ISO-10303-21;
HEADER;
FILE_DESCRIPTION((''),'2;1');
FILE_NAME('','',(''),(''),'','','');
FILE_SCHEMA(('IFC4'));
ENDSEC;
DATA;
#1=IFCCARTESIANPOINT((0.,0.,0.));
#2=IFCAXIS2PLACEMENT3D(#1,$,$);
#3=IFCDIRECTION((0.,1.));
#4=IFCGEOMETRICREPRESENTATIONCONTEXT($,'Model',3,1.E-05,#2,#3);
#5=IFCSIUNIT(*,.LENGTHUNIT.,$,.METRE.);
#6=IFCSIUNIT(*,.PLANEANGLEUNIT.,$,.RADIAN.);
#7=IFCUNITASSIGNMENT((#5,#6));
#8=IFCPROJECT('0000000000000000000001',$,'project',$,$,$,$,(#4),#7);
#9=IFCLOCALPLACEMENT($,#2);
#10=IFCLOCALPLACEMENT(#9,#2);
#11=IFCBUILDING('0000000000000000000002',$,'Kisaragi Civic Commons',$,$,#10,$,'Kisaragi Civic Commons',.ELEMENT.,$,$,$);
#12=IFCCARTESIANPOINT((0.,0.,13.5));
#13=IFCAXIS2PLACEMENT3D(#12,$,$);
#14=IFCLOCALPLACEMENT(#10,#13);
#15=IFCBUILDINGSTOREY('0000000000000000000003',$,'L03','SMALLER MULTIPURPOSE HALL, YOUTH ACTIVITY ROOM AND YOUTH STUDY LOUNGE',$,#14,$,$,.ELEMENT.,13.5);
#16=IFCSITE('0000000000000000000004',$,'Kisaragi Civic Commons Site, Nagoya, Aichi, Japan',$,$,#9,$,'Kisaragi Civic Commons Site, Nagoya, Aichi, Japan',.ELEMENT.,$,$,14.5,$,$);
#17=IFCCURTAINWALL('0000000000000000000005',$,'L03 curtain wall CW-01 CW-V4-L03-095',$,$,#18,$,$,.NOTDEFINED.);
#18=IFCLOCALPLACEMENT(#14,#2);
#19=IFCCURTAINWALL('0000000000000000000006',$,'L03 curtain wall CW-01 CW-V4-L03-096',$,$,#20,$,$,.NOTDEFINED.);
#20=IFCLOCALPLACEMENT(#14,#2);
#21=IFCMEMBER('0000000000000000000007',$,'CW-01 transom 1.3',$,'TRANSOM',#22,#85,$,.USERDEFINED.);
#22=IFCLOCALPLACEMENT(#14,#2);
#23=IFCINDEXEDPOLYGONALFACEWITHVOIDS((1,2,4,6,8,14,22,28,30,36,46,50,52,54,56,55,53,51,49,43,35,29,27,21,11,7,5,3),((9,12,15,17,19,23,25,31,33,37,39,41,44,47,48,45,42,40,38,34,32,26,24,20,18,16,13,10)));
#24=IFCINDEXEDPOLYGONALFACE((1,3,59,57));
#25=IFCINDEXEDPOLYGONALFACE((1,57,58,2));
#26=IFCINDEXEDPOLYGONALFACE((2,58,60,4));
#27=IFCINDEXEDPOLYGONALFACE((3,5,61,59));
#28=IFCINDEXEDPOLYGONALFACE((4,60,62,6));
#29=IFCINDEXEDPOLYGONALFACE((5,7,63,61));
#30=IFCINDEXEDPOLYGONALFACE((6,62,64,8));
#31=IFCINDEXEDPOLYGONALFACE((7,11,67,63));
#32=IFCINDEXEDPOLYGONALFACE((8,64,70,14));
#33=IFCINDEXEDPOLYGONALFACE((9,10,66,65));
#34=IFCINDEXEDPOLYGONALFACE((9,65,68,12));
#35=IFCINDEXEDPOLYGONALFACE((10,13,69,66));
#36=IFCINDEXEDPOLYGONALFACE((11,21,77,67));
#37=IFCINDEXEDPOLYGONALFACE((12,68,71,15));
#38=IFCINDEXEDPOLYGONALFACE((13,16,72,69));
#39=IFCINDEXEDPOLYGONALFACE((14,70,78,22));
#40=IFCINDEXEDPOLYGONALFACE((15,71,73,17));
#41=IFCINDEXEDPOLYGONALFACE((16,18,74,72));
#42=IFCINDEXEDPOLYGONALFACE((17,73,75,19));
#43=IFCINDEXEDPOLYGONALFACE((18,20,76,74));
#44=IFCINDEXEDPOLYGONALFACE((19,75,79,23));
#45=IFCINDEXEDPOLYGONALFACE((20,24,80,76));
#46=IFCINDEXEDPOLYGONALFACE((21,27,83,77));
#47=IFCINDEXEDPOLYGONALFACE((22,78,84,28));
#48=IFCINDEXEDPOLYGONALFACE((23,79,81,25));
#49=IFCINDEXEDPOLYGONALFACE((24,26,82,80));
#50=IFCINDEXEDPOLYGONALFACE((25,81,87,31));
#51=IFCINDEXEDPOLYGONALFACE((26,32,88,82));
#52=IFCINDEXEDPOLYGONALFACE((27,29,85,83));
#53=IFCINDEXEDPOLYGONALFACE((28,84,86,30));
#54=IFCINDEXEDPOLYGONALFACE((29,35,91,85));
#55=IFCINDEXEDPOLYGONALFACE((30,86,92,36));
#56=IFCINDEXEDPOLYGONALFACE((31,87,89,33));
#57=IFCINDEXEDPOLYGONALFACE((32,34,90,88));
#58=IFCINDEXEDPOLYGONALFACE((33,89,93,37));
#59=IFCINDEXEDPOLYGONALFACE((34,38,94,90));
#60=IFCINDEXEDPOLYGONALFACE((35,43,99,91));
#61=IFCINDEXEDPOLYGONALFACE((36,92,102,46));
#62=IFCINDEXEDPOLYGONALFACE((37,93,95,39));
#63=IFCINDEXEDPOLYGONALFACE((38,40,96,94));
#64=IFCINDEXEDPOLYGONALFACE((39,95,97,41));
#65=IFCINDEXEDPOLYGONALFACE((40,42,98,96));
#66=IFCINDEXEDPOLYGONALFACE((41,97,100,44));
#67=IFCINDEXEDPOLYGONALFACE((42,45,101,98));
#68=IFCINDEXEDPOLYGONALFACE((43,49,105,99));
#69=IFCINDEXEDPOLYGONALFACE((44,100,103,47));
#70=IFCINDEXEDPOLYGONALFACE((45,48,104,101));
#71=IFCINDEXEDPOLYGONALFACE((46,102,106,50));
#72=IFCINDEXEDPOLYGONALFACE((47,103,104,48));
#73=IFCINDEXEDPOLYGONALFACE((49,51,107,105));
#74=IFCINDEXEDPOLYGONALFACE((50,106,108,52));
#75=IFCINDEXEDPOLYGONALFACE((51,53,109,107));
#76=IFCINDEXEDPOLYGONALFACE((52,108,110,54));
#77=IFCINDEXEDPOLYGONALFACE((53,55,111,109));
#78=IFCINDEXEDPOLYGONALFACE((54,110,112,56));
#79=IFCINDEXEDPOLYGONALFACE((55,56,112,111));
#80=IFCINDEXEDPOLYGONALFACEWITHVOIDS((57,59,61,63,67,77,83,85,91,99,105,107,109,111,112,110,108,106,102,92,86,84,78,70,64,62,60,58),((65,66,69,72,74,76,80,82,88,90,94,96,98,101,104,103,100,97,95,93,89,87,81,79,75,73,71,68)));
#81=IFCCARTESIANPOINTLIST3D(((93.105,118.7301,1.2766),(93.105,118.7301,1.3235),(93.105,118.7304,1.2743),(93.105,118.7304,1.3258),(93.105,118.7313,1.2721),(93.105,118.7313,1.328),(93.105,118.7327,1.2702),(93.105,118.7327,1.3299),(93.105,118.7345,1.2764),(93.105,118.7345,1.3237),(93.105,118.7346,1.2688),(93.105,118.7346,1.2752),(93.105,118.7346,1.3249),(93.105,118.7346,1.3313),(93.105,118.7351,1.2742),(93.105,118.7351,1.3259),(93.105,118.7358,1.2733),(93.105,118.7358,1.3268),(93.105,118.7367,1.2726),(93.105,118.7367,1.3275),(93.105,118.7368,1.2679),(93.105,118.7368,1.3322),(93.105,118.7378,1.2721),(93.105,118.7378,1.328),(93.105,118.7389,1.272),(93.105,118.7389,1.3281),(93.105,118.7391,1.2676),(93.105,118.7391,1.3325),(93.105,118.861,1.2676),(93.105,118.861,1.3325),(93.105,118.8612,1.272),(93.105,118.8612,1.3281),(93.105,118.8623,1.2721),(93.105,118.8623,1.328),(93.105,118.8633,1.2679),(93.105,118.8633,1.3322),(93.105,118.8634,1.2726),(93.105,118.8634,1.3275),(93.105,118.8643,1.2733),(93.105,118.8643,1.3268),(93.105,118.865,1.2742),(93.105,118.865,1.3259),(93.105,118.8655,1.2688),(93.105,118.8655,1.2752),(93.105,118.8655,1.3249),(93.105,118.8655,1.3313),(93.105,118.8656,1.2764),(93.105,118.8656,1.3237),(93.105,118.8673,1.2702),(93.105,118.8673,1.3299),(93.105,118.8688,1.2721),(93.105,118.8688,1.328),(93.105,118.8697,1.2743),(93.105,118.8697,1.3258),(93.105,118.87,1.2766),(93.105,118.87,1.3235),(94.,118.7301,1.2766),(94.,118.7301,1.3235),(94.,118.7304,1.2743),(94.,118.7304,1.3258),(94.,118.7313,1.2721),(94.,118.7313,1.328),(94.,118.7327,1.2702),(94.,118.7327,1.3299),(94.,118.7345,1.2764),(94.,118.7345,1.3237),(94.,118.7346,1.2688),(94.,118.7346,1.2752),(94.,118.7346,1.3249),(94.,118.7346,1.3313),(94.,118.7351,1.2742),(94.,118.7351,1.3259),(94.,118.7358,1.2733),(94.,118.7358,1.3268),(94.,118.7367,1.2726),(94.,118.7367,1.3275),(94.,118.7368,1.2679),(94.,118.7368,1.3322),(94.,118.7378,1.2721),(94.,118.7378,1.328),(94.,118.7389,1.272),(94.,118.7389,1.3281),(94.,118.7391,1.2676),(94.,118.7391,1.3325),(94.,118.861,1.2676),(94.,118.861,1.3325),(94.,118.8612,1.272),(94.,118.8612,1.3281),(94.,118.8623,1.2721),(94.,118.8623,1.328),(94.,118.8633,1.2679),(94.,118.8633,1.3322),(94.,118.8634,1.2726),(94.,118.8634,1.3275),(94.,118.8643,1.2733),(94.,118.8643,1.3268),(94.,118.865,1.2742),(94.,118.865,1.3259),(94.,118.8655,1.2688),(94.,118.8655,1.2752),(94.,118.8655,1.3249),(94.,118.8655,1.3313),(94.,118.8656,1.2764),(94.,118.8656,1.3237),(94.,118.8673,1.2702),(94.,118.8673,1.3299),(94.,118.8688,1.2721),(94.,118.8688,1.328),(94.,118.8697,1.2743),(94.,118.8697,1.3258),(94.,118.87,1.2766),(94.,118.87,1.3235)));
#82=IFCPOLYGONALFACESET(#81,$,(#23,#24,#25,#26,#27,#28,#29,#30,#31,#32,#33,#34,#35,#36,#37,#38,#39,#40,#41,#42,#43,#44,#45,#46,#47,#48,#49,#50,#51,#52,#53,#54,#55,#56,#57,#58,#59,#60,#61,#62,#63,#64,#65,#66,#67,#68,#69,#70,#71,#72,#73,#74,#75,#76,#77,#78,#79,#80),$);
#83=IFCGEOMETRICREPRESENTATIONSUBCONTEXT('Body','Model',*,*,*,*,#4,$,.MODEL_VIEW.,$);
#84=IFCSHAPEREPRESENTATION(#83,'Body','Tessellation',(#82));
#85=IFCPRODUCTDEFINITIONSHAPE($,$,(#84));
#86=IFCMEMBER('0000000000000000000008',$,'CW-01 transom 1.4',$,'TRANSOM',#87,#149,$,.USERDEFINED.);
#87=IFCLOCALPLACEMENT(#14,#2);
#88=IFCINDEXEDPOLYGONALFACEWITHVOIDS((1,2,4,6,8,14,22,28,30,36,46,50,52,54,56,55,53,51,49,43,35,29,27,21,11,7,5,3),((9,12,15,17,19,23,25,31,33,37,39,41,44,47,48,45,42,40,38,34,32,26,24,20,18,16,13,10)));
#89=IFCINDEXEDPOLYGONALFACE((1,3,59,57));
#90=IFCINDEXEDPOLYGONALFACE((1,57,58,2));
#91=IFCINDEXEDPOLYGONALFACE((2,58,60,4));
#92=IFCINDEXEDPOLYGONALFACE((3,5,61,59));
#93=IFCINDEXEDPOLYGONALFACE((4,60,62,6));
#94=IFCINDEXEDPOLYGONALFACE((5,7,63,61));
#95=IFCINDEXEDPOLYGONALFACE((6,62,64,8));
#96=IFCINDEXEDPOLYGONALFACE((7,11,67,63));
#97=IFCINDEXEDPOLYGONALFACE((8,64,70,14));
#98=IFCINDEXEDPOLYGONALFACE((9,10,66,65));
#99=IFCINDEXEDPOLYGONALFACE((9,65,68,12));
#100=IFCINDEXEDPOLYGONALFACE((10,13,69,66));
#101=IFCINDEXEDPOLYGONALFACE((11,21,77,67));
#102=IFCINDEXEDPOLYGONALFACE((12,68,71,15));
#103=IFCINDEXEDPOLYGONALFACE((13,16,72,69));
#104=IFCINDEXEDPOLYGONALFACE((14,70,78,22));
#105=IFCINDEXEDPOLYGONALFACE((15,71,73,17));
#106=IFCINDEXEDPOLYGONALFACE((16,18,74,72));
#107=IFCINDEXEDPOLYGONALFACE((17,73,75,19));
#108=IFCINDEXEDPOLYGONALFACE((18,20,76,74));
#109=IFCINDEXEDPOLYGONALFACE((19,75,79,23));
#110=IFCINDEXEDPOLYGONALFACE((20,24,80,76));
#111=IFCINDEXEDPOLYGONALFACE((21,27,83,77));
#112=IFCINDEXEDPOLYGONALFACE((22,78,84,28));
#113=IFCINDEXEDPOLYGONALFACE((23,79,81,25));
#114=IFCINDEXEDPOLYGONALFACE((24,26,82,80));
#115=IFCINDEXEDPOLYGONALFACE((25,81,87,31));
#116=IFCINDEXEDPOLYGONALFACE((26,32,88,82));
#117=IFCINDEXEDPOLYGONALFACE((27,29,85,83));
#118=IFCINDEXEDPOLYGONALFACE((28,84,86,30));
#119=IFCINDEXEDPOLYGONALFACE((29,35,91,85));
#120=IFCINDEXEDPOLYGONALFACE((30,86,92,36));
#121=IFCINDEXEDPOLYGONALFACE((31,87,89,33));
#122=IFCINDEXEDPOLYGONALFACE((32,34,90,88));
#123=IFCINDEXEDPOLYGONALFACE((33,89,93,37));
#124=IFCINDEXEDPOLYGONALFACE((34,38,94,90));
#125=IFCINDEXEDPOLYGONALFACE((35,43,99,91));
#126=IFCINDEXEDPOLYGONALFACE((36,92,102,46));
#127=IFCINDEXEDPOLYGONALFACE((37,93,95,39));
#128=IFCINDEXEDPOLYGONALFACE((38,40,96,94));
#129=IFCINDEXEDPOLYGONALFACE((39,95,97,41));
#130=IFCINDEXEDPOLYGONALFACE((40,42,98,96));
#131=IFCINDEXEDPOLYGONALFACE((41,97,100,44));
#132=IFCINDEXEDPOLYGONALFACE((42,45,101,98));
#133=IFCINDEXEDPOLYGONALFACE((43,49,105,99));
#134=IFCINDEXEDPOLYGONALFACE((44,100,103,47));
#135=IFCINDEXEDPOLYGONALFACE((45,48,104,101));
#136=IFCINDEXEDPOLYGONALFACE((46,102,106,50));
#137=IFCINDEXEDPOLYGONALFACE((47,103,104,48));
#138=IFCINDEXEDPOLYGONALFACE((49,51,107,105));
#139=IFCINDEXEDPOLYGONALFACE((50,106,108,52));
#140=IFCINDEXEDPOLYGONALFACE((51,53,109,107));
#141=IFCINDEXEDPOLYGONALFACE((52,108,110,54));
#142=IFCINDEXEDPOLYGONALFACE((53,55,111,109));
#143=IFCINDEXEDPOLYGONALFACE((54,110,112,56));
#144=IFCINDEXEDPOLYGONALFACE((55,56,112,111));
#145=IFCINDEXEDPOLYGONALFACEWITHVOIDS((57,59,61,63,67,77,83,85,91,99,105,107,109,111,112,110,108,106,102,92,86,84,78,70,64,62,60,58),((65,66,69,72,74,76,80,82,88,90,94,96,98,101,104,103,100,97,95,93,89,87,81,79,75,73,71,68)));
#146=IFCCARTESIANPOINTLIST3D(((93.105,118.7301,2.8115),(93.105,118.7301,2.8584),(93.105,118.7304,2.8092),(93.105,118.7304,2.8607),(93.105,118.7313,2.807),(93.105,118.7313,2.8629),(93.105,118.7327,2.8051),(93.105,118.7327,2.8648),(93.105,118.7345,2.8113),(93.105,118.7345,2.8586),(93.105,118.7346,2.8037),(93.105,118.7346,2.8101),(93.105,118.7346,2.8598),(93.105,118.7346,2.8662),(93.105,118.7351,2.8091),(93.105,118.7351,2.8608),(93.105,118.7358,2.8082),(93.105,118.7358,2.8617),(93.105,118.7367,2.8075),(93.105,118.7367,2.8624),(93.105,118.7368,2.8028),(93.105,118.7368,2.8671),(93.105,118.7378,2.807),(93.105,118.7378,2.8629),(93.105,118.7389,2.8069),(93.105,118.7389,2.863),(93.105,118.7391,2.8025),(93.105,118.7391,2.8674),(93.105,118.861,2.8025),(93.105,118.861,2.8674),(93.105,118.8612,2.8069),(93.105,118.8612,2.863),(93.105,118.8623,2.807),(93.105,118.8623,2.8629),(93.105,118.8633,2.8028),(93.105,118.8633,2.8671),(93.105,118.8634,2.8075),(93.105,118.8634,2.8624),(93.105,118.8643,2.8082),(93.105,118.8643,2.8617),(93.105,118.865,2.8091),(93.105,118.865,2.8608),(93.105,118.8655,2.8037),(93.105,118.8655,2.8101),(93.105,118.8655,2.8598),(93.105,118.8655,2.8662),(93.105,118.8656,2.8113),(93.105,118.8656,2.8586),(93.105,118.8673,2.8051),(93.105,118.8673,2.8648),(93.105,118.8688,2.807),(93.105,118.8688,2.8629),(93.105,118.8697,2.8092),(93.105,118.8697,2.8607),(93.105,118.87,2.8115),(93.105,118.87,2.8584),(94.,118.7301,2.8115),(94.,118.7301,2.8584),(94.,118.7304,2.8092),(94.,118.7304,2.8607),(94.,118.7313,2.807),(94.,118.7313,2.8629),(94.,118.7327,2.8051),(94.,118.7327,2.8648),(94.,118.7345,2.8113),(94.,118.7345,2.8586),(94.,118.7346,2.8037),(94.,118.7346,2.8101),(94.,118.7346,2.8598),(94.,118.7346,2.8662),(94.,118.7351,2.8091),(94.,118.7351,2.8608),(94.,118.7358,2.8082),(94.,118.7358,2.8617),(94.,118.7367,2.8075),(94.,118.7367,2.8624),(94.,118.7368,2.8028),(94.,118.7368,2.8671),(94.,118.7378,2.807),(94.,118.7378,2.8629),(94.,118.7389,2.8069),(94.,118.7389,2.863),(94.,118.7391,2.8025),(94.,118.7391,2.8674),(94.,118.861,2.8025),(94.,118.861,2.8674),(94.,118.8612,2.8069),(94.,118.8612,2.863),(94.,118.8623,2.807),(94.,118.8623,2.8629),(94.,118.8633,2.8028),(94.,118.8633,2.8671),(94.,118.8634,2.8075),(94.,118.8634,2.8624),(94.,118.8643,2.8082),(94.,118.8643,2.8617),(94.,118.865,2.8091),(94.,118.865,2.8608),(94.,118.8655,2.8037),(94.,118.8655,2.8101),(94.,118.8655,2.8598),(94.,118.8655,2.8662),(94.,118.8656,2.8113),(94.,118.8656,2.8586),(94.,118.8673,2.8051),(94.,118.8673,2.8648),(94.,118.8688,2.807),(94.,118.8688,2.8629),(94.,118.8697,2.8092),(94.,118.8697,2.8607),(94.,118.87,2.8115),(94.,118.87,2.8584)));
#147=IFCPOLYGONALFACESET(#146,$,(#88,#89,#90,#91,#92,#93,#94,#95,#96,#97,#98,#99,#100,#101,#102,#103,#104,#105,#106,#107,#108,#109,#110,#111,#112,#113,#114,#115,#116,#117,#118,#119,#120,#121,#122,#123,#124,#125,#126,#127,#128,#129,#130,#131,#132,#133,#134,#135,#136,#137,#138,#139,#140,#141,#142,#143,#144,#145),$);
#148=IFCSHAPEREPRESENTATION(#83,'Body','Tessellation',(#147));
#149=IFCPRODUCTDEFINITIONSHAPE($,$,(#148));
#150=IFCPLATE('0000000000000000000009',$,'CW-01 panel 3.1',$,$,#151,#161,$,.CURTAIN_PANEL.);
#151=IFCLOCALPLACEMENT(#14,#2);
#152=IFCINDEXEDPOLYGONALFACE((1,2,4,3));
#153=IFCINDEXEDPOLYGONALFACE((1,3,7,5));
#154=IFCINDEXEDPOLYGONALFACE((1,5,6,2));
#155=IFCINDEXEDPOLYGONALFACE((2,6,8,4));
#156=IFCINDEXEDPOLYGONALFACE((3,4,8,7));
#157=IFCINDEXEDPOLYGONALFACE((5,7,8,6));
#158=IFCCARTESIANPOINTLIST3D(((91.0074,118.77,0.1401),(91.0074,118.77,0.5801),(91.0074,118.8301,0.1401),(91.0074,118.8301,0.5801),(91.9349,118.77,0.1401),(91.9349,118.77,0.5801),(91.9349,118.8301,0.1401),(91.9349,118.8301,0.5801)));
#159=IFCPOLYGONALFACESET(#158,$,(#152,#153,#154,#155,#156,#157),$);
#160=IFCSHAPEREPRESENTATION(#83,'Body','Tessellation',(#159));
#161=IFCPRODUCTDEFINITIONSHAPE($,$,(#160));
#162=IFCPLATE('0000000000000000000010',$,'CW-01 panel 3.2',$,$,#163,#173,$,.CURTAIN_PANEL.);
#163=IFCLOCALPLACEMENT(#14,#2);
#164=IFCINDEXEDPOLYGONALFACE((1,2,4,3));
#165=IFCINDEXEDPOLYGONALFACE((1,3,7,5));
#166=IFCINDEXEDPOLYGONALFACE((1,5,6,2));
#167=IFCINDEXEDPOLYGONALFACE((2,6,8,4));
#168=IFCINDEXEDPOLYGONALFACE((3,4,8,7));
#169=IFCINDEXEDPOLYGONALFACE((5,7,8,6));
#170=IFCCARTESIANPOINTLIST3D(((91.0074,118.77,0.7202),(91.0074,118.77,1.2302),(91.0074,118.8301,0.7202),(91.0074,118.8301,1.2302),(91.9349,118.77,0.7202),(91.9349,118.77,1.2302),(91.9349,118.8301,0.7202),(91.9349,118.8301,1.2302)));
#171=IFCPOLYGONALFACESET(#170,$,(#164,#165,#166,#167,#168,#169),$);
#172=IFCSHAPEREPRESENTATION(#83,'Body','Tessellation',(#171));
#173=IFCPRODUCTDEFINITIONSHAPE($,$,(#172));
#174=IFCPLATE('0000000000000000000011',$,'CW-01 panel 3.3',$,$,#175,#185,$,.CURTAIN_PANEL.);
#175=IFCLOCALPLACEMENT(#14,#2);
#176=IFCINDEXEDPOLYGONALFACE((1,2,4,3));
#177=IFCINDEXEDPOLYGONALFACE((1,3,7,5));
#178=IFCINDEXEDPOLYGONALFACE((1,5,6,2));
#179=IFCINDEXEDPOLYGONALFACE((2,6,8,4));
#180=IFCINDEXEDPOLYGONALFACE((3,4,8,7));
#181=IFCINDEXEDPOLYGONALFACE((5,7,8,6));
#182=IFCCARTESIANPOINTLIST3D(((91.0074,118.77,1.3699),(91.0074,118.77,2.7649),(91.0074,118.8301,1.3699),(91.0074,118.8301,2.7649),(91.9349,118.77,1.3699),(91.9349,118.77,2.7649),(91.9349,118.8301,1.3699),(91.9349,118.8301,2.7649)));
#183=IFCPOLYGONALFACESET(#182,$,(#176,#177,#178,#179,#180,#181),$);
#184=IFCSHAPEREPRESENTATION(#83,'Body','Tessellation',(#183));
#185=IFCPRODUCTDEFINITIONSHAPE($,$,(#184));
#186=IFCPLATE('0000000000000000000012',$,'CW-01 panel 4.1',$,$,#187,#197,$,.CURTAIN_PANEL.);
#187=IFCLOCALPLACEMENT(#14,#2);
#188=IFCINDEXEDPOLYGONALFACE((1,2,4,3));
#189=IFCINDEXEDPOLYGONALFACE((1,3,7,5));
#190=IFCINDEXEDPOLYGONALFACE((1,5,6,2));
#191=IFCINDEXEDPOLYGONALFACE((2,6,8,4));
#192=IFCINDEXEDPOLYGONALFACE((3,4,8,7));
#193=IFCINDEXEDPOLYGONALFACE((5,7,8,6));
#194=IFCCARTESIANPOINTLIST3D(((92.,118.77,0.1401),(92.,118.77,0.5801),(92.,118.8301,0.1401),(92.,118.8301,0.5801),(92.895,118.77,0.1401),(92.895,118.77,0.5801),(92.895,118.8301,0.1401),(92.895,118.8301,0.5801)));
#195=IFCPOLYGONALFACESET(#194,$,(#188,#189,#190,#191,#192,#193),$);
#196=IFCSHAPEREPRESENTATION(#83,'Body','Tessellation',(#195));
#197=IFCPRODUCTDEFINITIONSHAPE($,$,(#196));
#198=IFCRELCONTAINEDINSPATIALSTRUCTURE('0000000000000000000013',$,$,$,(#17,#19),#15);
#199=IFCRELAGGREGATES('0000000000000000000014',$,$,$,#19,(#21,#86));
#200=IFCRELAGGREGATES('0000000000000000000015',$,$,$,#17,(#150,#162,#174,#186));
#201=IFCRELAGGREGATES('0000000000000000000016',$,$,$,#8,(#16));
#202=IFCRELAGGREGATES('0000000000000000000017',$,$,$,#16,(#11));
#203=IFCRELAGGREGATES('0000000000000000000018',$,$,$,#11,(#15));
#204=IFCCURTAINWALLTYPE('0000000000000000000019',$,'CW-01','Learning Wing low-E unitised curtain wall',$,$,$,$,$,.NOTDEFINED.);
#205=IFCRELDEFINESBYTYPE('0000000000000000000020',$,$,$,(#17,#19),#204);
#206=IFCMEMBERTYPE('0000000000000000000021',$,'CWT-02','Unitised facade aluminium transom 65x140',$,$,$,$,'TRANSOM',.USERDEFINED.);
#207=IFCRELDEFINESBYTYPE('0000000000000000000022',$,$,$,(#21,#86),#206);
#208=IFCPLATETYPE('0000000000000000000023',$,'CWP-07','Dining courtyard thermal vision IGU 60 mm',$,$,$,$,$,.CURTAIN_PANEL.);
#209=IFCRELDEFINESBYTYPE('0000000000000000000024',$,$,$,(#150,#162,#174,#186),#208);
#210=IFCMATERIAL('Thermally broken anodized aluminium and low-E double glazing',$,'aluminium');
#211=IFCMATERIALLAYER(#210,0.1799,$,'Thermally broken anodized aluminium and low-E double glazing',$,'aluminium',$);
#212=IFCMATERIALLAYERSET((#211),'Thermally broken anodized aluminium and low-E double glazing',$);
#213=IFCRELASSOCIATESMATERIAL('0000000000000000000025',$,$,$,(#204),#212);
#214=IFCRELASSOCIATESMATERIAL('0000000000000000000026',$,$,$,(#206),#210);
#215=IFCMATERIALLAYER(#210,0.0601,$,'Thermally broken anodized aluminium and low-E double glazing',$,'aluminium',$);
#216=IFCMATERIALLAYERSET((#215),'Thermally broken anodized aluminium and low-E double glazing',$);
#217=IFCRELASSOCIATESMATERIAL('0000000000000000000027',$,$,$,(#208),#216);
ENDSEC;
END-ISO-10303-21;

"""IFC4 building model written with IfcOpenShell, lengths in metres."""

from ifc_helpers import new_model, si_unit, direction, frame, origin, origin_2d, place, context, subcontext, project, spatial, rectangle, hollow_rectangle, extrude, material, layer, layer_set, material_profile, profile_set, type_object, element, aggregate, save


model = new_model("IFC4")

# Units and contexts
model_context = context("Model", 3, precision=1e-05, world=origin(), true_north=direction((0.0, 1.0)))
body_context = subcontext(model_context, "Body", "Model", "MODEL_VIEW")
ifc_project = project(units=[si_unit("LENGTHUNIT", "METRE"), si_unit("PLANEANGLEUNIT", "RADIAN")], contexts=[model_context])

# Site, building, storey
site_placement = place(None, origin())
site = spatial("IfcSite", under=ifc_project, at=site_placement, Name="Kisaragi Civic Commons Site, Nagoya, Aichi, Japan", LongName="Kisaragi Civic Commons Site, Nagoya, Aichi, Japan", CompositionType="ELEMENT", RefElevation=14.5)
building_placement = place(site_placement, origin())
building = spatial("IfcBuilding", under=site, at=building_placement, Name="Kisaragi Civic Commons", LongName="Kisaragi Civic Commons", CompositionType="ELEMENT")
storey_placement = place(building_placement, frame((0.0, 0.0, 13.5)))
storey = spatial("IfcBuildingStorey", under=building, at=storey_placement, Name="L03", Description="SMALLER MULTIPURPOSE HALL, YOUTH ACTIVITY ROOM AND YOUTH STUDY LOUNGE", CompositionType="ELEMENT", Elevation=13.5)

# Curtain wall
ifc_material_1 = material(Name="Thermally broken anodized aluminium and low-E double glazing", Category="aluminium")
ifc_layer_1 = layer(ifc_material_1, 0.1799, Name="Thermally broken anodized aluminium and low-E double glazing", Category="aluminium")
ifc_layer_set_1 = layer_set([ifc_layer_1], Name="Thermally broken anodized aluminium and low-E double glazing")
curtain_wall_type = type_object("IfcCurtainWallType", Name="CW-01", Description="Learning Wing low-E unitised curtain wall", PredefinedType="NOTDEFINED", material=ifc_layer_set_1)
curtain_wall_1_placement = place(storey_placement, origin())
curtain_wall_1 = element("IfcCurtainWall", 1, at=curtain_wall_1_placement, inside=storey, type_object=curtain_wall_type, Name="L03 curtain wall CW-01 CW-V4-L03-095", PredefinedType="NOTDEFINED")

# Curtain wall
curtain_wall_2_placement = place(storey_placement, origin())
curtain_wall_2 = element("IfcCurtainWall", 2, at=curtain_wall_2_placement, inside=storey, type_object=curtain_wall_type, Name="L03 curtain wall CW-01 CW-V4-L03-096", PredefinedType="NOTDEFINED")

# Members
ifc_material_profile_1 = material_profile(ifc_material_1, hollow_rectangle(XDim=0.1399, YDim=0.0649, WallThickness=0.0044, InnerFilletRadius=0.0044, OuterFilletRadius=0.009, at=origin_2d()), Name="CWT-65x140x4.5", Category="aluminium")
ifc_profile_set_1 = profile_set([ifc_material_profile_1], Name="Thermally broken anodized aluminium and low-E double glazing")
member_type_1 = type_object("IfcMemberType", Name="CWT-02", Description="Unitised facade aluminium transom 65x140", ElementType="TRANSOM", PredefinedType="USERDEFINED", material=ifc_profile_set_1)
member_1_placement = place(storey_placement, frame((93.105, 118.8, 1.3), z_axis=(1.0, 0.0, 0.0), x_axis=(0.0, 1.0, 0.0)))
member_1 = element("IfcMember", 3, at=member_1_placement, type_object=member_type_1, Name="CW-01 transom 1.3", ObjectType="TRANSOM", PredefinedType="USERDEFINED", context=body_context, shape_type="SweptSolid", body=[
    extrude(hollow_rectangle(XDim=0.1399, YDim=0.0649, WallThickness=0.0044, InnerFilletRadius=0.0044, OuterFilletRadius=0.009, at=origin_2d()), origin(), (0.0, 0.0, 1.0), 0.895),
])
member_2_placement = place(storey_placement, frame((93.105, 118.8, 2.835), z_axis=(1.0, 0.0, 0.0), x_axis=(0.0, 1.0, 0.0)))
member_2 = element("IfcMember", 4, at=member_2_placement, type_object=member_type_1, Name="CW-01 transom 1.4", ObjectType="TRANSOM", PredefinedType="USERDEFINED", context=body_context, shape_type="SweptSolid", body=[
    extrude(hollow_rectangle(XDim=0.1399, YDim=0.0649, WallThickness=0.0044, InnerFilletRadius=0.0044, OuterFilletRadius=0.009, at=origin_2d()), origin(), (0.0, 0.0, 1.0), 0.895),
])
aggregate(curtain_wall_2, [member_1, member_2])

# Plates
ifc_layer_2 = layer(ifc_material_1, 0.0601, Name="Thermally broken anodized aluminium and low-E double glazing", Category="aluminium")
ifc_layer_set_2 = layer_set([ifc_layer_2], Name="Thermally broken anodized aluminium and low-E double glazing")
plate_type = type_object("IfcPlateType", Name="CWP-07", Description="Dining courtyard thermal vision IGU 60 mm", PredefinedType="CURTAIN_PANEL", material=ifc_layer_set_2)
plate_1_placement = place(storey_placement, frame((91.4712, 118.8, 0.1401), z_axis=(0.0, 0.0, 1.0), x_axis=(1.0, 0.0, 0.0)))
plate_1 = element("IfcPlate", 5, at=plate_1_placement, type_object=plate_type, Name="CW-01 panel 3.1", PredefinedType="CURTAIN_PANEL", context=body_context, shape_type="SweptSolid", body=[
    extrude(rectangle(XDim=0.9275, YDim=0.0601, at=origin_2d()), origin(), (0.0, 0.0, 1.0), 0.4399),
])
plate_2_placement = place(storey_placement, frame((91.4712, 118.8, 0.7202), z_axis=(0.0, 0.0, 1.0), x_axis=(1.0, 0.0, 0.0)))
plate_2 = element("IfcPlate", 6, at=plate_2_placement, type_object=plate_type, Name="CW-01 panel 3.2", PredefinedType="CURTAIN_PANEL", context=body_context, shape_type="SweptSolid", body=[
    extrude(rectangle(XDim=0.9275, YDim=0.0601, at=origin_2d()), origin(), (0.0, 0.0, 1.0), 0.51),
])
plate_3_placement = place(storey_placement, frame((91.4712, 118.8, 1.3699), z_axis=(0.0, 0.0, 1.0), x_axis=(1.0, 0.0, 0.0)))
plate_3 = element("IfcPlate", 7, at=plate_3_placement, type_object=plate_type, Name="CW-01 panel 3.3", PredefinedType="CURTAIN_PANEL", context=body_context, shape_type="SweptSolid", body=[
    extrude(rectangle(XDim=0.9275, YDim=0.0601, at=origin_2d()), origin(), (0.0, 0.0, 1.0), 1.395),
])
plate_4_placement = place(storey_placement, frame((92.4475, 118.8, 0.1401), z_axis=(0.0, 0.0, 1.0), x_axis=(1.0, 0.0, 0.0)))
plate_4 = element("IfcPlate", 8, at=plate_4_placement, type_object=plate_type, Name="CW-01 panel 4.1", PredefinedType="CURTAIN_PANEL", context=body_context, shape_type="SweptSolid", body=[
    extrude(rectangle(XDim=0.895, YDim=0.0601, at=origin_2d()), origin(), (0.0, 0.0, 1.0), 0.4399),
])
aggregate(curtain_wall_1, [plate_1, plate_2, plate_3, plate_4])

save(model, "model.ifc")
